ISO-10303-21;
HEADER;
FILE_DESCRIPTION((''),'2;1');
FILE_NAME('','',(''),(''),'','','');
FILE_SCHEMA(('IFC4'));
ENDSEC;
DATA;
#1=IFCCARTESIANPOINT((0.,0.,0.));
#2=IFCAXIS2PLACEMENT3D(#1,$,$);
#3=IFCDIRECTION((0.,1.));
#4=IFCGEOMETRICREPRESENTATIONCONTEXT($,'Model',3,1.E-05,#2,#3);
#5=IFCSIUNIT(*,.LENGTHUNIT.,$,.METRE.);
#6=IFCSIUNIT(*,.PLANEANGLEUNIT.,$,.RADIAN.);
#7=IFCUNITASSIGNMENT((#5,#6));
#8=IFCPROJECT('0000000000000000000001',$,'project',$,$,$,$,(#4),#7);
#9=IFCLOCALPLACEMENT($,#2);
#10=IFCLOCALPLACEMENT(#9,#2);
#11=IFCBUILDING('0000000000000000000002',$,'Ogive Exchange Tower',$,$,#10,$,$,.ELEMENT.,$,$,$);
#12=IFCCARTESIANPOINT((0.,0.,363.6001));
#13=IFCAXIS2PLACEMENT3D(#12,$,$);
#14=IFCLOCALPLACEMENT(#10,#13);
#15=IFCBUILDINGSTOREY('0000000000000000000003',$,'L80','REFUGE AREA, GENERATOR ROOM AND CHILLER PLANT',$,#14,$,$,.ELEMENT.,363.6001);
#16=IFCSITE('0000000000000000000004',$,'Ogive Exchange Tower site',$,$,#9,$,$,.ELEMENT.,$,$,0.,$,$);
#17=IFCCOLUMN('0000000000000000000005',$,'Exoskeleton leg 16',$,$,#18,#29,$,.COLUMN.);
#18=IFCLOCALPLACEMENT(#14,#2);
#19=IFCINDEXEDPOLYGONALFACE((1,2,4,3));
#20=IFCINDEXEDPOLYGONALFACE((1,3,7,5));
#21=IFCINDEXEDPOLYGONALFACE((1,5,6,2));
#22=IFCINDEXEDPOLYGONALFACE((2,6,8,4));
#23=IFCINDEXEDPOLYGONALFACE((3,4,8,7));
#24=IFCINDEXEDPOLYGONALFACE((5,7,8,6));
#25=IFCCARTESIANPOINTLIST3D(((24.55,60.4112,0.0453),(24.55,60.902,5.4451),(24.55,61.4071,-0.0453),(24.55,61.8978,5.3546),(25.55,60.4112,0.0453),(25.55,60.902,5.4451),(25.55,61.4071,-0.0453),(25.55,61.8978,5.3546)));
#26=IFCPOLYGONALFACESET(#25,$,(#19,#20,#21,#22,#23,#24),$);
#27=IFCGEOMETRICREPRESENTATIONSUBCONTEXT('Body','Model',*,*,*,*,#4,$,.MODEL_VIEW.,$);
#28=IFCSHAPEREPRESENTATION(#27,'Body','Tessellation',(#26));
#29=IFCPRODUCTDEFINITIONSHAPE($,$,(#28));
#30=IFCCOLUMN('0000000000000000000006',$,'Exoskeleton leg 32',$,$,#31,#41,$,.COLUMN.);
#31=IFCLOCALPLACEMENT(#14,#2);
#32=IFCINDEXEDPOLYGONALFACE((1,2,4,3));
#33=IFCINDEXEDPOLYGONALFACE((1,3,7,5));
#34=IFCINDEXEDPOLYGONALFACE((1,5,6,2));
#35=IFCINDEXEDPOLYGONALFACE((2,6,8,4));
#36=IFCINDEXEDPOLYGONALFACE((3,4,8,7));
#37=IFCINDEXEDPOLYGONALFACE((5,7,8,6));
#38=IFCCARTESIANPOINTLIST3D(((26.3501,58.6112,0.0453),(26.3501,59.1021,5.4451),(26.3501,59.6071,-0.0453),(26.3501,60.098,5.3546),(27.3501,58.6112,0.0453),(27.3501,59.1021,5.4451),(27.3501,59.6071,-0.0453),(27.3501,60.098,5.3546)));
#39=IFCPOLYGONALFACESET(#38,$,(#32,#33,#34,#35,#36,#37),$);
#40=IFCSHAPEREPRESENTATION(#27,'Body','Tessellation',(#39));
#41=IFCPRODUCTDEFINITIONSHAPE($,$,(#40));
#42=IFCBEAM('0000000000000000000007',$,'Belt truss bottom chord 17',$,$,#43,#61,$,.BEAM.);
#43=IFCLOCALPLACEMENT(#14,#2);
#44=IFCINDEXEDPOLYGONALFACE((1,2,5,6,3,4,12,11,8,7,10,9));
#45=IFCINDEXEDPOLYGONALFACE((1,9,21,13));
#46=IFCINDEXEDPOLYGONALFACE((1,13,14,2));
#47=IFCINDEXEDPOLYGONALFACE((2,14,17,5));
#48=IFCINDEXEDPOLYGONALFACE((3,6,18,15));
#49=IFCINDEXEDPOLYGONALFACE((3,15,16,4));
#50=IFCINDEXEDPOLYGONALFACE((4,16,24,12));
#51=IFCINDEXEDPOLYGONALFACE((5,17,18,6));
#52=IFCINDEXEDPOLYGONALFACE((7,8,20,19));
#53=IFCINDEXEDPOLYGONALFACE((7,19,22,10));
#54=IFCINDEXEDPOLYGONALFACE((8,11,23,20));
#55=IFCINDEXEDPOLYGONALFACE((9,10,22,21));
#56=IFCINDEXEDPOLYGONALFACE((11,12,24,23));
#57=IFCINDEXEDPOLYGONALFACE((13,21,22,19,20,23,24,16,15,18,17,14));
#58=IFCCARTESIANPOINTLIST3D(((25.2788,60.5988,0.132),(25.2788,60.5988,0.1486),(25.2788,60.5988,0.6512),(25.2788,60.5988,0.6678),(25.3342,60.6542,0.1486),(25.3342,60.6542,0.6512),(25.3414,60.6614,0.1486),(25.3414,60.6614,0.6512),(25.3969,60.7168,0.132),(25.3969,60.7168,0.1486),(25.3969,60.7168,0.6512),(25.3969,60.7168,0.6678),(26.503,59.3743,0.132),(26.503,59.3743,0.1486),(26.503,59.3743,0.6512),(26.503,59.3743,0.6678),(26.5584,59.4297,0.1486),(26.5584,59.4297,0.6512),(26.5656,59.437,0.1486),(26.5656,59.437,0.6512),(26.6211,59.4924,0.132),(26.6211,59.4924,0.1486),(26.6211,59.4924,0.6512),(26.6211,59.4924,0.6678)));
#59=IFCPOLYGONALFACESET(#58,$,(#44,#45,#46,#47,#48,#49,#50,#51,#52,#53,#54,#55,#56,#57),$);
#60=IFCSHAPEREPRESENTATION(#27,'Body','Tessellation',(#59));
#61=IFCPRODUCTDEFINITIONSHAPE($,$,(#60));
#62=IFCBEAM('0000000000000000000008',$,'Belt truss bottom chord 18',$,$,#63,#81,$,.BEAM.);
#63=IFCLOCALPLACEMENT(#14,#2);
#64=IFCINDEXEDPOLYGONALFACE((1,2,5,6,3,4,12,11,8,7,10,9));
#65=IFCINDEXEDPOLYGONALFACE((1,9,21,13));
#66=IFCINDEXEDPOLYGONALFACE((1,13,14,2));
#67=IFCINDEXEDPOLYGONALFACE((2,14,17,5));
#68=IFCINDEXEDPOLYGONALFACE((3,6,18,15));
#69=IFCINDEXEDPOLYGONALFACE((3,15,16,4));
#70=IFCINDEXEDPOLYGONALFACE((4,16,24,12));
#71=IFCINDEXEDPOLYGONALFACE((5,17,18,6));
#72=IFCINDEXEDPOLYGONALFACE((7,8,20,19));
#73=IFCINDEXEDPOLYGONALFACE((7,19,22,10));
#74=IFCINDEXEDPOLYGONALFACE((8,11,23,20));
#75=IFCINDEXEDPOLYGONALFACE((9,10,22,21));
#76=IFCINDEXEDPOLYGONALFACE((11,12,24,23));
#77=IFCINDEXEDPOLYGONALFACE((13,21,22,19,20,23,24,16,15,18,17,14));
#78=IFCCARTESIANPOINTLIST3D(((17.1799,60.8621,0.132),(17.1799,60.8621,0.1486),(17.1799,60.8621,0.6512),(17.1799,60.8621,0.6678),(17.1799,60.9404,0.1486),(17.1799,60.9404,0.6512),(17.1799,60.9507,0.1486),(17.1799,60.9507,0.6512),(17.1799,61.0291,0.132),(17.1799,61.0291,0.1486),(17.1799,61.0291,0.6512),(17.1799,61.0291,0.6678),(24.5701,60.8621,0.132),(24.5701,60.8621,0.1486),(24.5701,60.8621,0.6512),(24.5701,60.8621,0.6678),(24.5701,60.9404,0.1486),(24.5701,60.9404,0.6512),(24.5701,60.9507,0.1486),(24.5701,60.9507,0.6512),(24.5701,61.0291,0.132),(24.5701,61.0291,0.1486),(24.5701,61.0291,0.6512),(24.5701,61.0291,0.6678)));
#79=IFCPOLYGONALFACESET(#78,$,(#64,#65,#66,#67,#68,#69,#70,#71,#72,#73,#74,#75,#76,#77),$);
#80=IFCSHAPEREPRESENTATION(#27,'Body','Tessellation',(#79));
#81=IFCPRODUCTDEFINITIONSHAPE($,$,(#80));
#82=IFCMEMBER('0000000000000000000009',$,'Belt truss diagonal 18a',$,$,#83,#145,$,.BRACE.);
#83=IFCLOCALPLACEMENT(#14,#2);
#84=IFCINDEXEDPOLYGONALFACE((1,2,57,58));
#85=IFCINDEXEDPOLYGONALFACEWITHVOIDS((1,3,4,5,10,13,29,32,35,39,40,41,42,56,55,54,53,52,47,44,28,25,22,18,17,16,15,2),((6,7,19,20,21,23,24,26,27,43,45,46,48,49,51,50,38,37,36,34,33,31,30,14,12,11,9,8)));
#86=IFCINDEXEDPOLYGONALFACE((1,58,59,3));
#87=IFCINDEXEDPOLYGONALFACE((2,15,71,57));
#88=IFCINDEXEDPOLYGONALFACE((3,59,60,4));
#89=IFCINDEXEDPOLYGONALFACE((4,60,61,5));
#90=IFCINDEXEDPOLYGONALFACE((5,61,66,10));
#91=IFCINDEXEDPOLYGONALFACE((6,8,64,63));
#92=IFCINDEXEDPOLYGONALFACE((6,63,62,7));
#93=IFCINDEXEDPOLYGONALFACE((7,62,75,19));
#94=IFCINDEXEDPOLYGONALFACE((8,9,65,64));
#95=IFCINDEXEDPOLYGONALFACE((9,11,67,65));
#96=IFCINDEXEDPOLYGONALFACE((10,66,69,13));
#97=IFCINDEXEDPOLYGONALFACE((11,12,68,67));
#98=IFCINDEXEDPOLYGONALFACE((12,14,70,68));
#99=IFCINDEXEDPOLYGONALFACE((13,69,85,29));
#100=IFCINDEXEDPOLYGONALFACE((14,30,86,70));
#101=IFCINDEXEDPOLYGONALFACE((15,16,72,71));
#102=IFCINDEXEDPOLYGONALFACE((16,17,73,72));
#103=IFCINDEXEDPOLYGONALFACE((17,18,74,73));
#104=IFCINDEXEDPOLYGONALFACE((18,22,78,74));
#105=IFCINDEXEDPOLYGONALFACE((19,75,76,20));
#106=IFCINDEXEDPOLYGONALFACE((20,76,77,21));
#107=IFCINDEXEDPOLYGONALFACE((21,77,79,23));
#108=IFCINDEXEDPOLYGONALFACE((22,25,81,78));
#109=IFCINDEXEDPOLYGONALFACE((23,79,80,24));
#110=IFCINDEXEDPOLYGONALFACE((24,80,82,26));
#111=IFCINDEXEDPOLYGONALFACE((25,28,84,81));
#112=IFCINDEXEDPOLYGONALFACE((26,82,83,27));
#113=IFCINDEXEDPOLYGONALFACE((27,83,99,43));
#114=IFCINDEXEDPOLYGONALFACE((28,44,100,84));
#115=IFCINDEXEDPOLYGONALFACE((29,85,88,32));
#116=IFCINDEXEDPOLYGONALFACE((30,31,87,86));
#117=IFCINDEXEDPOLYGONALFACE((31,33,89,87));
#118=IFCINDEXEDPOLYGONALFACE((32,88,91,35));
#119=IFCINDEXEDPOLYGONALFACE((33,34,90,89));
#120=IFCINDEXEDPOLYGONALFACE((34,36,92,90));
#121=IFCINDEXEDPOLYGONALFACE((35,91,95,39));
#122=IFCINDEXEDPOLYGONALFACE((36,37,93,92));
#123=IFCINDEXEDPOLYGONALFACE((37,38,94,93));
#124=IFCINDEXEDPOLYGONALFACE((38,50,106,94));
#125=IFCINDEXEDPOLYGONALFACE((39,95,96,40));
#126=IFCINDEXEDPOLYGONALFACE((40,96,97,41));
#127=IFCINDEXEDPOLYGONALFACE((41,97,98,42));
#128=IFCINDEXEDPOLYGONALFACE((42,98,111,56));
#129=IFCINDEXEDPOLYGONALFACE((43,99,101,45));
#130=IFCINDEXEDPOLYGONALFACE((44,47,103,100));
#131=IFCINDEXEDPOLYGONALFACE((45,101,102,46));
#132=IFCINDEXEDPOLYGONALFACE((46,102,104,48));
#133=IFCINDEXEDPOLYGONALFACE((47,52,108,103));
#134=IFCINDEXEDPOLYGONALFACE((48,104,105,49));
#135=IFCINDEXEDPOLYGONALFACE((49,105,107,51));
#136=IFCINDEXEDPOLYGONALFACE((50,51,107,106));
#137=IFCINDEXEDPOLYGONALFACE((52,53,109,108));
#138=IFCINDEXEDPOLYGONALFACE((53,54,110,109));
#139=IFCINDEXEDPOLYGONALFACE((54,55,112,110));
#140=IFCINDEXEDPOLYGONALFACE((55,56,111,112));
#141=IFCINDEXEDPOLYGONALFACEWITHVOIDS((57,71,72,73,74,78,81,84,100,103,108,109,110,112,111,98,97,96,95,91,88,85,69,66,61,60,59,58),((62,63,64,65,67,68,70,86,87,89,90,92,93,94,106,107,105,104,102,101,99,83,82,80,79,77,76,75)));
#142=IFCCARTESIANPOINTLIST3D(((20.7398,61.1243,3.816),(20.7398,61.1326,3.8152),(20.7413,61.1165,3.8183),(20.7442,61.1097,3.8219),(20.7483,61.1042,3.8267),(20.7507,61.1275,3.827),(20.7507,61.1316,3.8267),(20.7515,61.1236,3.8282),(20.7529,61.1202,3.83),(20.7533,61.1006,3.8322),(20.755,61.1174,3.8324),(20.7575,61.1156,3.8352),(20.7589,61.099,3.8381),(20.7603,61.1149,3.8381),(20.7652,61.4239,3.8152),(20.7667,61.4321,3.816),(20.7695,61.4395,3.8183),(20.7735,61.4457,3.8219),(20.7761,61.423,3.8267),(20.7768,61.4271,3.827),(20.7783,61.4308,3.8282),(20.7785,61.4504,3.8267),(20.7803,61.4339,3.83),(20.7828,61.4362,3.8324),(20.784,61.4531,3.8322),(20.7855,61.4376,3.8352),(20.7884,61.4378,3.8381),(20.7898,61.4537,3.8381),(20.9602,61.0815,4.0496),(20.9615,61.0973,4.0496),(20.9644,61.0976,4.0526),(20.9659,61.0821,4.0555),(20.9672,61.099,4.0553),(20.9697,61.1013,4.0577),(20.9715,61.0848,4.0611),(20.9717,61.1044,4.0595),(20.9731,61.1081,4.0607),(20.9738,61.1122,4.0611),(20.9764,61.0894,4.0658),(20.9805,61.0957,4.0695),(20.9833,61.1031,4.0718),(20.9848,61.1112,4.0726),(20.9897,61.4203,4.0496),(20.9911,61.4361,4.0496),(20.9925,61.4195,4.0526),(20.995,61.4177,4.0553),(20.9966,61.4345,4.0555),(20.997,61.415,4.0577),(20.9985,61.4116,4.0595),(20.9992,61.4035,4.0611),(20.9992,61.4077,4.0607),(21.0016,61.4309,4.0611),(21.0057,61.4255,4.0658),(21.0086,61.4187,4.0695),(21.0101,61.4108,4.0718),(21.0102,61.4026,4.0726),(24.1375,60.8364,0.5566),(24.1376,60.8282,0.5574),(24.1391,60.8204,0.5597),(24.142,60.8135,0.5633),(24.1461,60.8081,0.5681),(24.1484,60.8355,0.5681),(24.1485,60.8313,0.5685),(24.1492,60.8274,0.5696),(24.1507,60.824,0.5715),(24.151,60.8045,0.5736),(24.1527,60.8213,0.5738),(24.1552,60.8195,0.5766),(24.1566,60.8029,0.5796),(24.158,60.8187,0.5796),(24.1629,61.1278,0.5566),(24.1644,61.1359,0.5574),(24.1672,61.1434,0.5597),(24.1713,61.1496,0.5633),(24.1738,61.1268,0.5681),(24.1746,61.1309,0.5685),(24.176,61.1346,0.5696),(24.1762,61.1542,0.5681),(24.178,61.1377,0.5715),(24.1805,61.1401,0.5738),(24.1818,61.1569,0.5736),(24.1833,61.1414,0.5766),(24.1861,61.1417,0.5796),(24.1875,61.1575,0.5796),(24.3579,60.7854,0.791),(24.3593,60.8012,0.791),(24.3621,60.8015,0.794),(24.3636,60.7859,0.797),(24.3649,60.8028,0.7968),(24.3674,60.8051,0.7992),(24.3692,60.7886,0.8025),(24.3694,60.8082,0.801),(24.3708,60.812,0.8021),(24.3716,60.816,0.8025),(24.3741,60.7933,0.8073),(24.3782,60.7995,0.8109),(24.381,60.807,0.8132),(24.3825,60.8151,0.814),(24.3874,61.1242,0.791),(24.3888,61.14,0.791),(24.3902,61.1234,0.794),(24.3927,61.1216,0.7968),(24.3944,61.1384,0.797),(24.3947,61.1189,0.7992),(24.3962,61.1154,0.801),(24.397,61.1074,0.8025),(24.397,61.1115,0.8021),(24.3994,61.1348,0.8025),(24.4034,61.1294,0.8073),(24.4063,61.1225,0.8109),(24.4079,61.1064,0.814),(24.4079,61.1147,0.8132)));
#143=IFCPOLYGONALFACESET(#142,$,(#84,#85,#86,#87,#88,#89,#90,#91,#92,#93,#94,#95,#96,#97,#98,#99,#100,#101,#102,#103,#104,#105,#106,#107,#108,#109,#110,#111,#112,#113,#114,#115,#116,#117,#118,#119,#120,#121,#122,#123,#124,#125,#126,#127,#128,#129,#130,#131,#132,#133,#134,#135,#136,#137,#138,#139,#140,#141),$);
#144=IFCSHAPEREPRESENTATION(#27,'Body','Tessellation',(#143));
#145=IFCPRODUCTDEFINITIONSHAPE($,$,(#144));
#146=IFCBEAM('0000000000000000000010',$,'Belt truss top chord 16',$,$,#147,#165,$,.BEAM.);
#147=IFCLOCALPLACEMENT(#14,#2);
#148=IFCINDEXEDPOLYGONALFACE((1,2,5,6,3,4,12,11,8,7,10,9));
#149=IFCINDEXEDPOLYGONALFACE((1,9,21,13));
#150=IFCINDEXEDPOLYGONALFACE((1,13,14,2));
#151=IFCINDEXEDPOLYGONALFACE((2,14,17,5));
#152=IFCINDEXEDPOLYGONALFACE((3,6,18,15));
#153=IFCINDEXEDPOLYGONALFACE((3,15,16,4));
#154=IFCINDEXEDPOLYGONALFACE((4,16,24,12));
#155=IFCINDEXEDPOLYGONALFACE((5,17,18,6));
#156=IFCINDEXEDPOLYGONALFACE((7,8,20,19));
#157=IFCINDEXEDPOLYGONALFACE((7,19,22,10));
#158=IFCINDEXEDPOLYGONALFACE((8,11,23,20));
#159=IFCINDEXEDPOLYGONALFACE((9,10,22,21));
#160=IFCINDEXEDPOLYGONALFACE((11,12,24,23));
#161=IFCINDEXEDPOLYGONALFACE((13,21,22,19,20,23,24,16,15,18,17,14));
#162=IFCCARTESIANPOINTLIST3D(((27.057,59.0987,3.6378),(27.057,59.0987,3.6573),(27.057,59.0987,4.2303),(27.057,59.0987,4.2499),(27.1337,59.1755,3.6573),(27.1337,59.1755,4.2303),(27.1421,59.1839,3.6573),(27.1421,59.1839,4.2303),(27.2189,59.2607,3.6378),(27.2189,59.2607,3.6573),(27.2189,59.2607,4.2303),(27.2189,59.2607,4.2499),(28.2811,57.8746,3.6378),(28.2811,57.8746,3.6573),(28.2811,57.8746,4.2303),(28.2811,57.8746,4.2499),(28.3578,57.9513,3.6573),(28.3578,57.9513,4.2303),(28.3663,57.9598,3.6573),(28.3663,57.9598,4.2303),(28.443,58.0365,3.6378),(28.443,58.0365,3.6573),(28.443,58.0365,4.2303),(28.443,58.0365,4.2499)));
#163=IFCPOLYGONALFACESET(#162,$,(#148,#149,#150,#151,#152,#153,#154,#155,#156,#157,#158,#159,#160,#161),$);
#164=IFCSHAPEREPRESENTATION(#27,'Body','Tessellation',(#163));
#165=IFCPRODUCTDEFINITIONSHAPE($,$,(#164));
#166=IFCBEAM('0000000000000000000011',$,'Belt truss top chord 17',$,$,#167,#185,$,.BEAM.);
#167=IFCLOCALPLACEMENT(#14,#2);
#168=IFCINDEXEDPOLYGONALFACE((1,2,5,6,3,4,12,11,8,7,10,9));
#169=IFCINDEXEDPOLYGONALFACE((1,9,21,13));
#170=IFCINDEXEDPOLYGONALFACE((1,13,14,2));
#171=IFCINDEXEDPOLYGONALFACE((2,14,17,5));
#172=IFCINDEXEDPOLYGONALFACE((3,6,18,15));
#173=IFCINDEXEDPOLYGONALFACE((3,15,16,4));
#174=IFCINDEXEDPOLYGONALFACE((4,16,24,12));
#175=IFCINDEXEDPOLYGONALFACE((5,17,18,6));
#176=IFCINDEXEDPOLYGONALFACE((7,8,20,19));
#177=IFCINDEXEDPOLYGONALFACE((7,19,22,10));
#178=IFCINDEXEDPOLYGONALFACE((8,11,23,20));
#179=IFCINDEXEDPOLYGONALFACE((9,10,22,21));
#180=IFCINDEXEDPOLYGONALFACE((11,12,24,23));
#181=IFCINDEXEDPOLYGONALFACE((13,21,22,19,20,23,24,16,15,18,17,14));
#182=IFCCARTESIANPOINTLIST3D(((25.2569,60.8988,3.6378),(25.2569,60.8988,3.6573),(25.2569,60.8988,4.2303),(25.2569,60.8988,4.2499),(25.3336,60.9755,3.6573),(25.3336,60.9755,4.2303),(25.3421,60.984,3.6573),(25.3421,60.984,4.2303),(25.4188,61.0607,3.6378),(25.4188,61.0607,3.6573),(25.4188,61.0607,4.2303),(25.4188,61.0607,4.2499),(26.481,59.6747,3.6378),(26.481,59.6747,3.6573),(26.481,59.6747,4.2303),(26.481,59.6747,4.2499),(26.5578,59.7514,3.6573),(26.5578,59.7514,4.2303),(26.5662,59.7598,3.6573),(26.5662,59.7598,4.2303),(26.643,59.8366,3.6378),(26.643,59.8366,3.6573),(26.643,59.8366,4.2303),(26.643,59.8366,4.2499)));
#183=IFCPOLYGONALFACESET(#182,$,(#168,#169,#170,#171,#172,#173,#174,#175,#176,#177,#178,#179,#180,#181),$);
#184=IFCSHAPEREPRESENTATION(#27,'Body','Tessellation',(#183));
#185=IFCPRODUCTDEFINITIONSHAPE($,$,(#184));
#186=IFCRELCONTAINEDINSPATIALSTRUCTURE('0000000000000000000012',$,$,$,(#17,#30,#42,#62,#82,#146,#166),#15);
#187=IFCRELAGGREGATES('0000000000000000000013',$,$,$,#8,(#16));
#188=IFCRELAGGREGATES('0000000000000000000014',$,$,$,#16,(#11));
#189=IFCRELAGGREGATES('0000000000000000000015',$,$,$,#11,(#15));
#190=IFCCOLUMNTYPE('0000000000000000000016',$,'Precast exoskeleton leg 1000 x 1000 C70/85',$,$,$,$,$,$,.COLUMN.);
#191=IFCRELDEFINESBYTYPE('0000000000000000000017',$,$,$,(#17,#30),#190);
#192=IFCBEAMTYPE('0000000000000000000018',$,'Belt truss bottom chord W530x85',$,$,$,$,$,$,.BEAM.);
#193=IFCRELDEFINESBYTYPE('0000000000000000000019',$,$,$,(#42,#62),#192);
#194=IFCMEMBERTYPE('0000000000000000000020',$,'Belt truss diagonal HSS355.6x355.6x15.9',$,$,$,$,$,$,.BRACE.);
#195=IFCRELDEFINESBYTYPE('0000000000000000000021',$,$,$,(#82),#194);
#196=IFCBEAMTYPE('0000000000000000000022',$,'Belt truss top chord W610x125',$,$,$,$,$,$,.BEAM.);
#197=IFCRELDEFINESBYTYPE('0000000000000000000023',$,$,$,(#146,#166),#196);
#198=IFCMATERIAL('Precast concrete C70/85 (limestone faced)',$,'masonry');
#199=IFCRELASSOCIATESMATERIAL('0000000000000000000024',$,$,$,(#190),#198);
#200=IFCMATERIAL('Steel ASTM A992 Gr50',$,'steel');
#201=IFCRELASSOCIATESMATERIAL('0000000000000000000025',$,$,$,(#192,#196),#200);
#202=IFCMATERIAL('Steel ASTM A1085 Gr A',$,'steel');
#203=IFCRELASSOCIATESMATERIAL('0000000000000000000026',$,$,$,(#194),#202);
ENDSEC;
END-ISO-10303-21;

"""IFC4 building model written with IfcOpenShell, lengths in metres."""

from ifc_helpers import new_model, si_unit, direction, frame, origin, origin_2d, place, context, subcontext, project, spatial, rectangle, hollow_rectangle, i_section, extrude, material, material_profile, profile_set, type_object, element, save


model = new_model("IFC4")

# Units and contexts
model_context = context("Model", 3, precision=1e-05, world=origin(), true_north=direction((0.0, 1.0)))
body_context = subcontext(model_context, "Body", "Model", "MODEL_VIEW")
ifc_project = project(units=[si_unit("LENGTHUNIT", "METRE"), si_unit("PLANEANGLEUNIT", "RADIAN")], contexts=[model_context])

# Site, building, storey
site_placement = place(None, origin())
site = spatial("IfcSite", under=ifc_project, at=site_placement, Name="Ogive Exchange Tower site", CompositionType="ELEMENT", RefElevation=0.0)
building_placement = place(site_placement, origin())
building = spatial("IfcBuilding", under=site, at=building_placement, Name="Ogive Exchange Tower", CompositionType="ELEMENT")
storey_placement = place(building_placement, frame((0.0, 0.0, 363.6001)))
storey = spatial("IfcBuildingStorey", under=building, at=storey_placement, Name="L80", Description="REFUGE AREA, GENERATOR ROOM AND CHILLER PLANT", CompositionType="ELEMENT", Elevation=363.6001)

# Columns
ifc_material_1 = material(Name="Precast concrete C70/85 (limestone faced)", Category="masonry")
ifc_material_profile_1 = material_profile(ifc_material_1, rectangle(XDim=1.0, YDim=1.0, at=origin_2d()), Name="1000 x 1000")
ifc_profile_set_1 = profile_set([ifc_material_profile_1], Name="Precast concrete C70/85 (limestone faced)")
column_type = type_object("IfcColumnType", Name="Precast exoskeleton leg 1000 x 1000 C70/85", PredefinedType="COLUMN", material=ifc_profile_set_1)
for number, where, z_axis, x_axis, name in (
    (1, (25.05, 60.9092, 0.0), (0.0, 0.090503, 0.995896), (-1.0, 0.0, 0.0), "Exoskeleton leg 16"),
    (2, (26.8501, 59.1091, 0.0), (0.0, 0.090548, 0.995892), (-1.0, 0.0, 0.0), "Exoskeleton leg 32"),
):
    element("IfcColumn", number, at=place(storey_placement, frame(where, z_axis=z_axis, x_axis=x_axis)), inside=storey, type_object=column_type, Name=name, PredefinedType="COLUMN", context=body_context, shape_type="SweptSolid", body=[
        extrude(rectangle(XDim=1.0, YDim=1.0, at=origin_2d()), origin(), (0.0, 0.0, 1.0), 5.4221),
    ])

# Beams
ifc_material_2 = material(Name="Steel ASTM A992 Gr50", Category="steel")
ifc_material_profile_2 = material_profile(ifc_material_2, i_section(OverallWidth=0.167, OverallDepth=0.5359, WebThickness=0.0103, FlangeThickness=0.0166, at=origin_2d()), Name="W530x85")
ifc_profile_set_2 = profile_set([ifc_material_profile_2], Name="Steel ASTM A992 Gr50")
beam_type_1 = type_object("IfcBeamType", Name="Belt truss bottom chord W530x85", PredefinedType="BEAM", material=ifc_profile_set_2)
beam_1_placement = place(storey_placement, frame((26.562, 59.4333, 0.3999), z_axis=(-0.707036, 0.707177, 0.0), x_axis=(-0.707177, -0.707036, 0.0)))
element("IfcBeam", 3, at=beam_1_placement, inside=storey, type_object=beam_type_1, Name="Belt truss bottom chord 17", PredefinedType="BEAM", context=body_context, shape_type="SweptSolid", body=[
    extrude(i_section(OverallWidth=0.167, OverallDepth=0.5359, WebThickness=0.0103, FlangeThickness=0.0166, at=origin_2d()), origin(), (0.0, 0.0, 1.0), 1.7314),
])
beam_2_placement = place(storey_placement, frame((24.5701, 60.9456, 0.3999), z_axis=(-1.0, 0.0, 0.0), x_axis=(0.0, -1.0, 0.0)))
element("IfcBeam", 4, at=beam_2_placement, inside=storey, type_object=beam_type_1, Name="Belt truss bottom chord 18", PredefinedType="BEAM", context=body_context, shape_type="SweptSolid", body=[
    extrude(i_section(OverallWidth=0.167, OverallDepth=0.5359, WebThickness=0.0103, FlangeThickness=0.0166, at=origin_2d()), origin(), (0.0, 0.0, 1.0), 7.3901),
])

# Member
ifc_material_3 = material(Name="Steel ASTM A1085 Gr A", Category="steel")
ifc_material_profile_3 = material_profile(ifc_material_3, hollow_rectangle(XDim=0.356, YDim=0.356, WallThickness=0.0159, InnerFilletRadius=0.0159, OuterFilletRadius=0.0317, at=origin_2d()), Name="HSS355.6x355.6x15.9")
ifc_profile_set_3 = profile_set([ifc_material_profile_3], Name="Steel ASTM A1085 Gr A")
member_type = type_object("IfcMemberType", Name="Belt truss diagonal HSS355.6x355.6x15.9", PredefinedType="BRACE", material=ifc_profile_set_3)
member_placement = place(storey_placement, frame((24.2727, 60.9714, 0.6853), z_axis=(-0.720309, 0.062782, 0.690807), x_axis=(-0.08683, -0.996223, 0.0)))
element("IfcMember", 5, at=member_placement, inside=storey, type_object=member_type, Name="Belt truss diagonal 18a", PredefinedType="BRACE", context=body_context, shape_type="SweptSolid", body=[
    extrude(hollow_rectangle(XDim=0.356, YDim=0.356, WallThickness=0.0159, InnerFilletRadius=0.0159, OuterFilletRadius=0.0317, at=origin_2d()), origin(), (0.0, 0.0, 1.0), 4.717),
])

# Beams
ifc_material_profile_4 = material_profile(ifc_material_2, i_section(OverallWidth=0.229, OverallDepth=0.6121, WebThickness=0.012, FlangeThickness=0.0195, at=origin_2d()), Name="W610x125")
ifc_profile_set_4 = profile_set([ifc_material_profile_4], Name="Steel ASTM A992 Gr50")
beam_type_2 = type_object("IfcBeamType", Name="Belt truss top chord W610x125", PredefinedType="BEAM", material=ifc_profile_set_4)
for number, where, z_axis, x_axis, name in (
    (6, (28.3621, 57.9556, 3.9438), (-0.707107, 0.707107, 0.0), (-0.707107, -0.707107, 0.0), "Belt truss top chord 16"),
    (7, (26.562, 59.7556, 3.9438), (-0.707107, 0.707107, 0.0), (-0.707107, -0.707107, 0.0), "Belt truss top chord 17"),
):
    element("IfcBeam", number, at=place(storey_placement, frame(where, z_axis=z_axis, x_axis=x_axis)), inside=storey, type_object=beam_type_2, Name=name, PredefinedType="BEAM", context=body_context, shape_type="SweptSolid", body=[
        extrude(i_section(OverallWidth=0.229, OverallDepth=0.6121, WebThickness=0.012, FlangeThickness=0.0195, at=origin_2d()), origin(), (0.0, 0.0, 1.0), 1.7312),
    ])

save(model, "model.ifc")
